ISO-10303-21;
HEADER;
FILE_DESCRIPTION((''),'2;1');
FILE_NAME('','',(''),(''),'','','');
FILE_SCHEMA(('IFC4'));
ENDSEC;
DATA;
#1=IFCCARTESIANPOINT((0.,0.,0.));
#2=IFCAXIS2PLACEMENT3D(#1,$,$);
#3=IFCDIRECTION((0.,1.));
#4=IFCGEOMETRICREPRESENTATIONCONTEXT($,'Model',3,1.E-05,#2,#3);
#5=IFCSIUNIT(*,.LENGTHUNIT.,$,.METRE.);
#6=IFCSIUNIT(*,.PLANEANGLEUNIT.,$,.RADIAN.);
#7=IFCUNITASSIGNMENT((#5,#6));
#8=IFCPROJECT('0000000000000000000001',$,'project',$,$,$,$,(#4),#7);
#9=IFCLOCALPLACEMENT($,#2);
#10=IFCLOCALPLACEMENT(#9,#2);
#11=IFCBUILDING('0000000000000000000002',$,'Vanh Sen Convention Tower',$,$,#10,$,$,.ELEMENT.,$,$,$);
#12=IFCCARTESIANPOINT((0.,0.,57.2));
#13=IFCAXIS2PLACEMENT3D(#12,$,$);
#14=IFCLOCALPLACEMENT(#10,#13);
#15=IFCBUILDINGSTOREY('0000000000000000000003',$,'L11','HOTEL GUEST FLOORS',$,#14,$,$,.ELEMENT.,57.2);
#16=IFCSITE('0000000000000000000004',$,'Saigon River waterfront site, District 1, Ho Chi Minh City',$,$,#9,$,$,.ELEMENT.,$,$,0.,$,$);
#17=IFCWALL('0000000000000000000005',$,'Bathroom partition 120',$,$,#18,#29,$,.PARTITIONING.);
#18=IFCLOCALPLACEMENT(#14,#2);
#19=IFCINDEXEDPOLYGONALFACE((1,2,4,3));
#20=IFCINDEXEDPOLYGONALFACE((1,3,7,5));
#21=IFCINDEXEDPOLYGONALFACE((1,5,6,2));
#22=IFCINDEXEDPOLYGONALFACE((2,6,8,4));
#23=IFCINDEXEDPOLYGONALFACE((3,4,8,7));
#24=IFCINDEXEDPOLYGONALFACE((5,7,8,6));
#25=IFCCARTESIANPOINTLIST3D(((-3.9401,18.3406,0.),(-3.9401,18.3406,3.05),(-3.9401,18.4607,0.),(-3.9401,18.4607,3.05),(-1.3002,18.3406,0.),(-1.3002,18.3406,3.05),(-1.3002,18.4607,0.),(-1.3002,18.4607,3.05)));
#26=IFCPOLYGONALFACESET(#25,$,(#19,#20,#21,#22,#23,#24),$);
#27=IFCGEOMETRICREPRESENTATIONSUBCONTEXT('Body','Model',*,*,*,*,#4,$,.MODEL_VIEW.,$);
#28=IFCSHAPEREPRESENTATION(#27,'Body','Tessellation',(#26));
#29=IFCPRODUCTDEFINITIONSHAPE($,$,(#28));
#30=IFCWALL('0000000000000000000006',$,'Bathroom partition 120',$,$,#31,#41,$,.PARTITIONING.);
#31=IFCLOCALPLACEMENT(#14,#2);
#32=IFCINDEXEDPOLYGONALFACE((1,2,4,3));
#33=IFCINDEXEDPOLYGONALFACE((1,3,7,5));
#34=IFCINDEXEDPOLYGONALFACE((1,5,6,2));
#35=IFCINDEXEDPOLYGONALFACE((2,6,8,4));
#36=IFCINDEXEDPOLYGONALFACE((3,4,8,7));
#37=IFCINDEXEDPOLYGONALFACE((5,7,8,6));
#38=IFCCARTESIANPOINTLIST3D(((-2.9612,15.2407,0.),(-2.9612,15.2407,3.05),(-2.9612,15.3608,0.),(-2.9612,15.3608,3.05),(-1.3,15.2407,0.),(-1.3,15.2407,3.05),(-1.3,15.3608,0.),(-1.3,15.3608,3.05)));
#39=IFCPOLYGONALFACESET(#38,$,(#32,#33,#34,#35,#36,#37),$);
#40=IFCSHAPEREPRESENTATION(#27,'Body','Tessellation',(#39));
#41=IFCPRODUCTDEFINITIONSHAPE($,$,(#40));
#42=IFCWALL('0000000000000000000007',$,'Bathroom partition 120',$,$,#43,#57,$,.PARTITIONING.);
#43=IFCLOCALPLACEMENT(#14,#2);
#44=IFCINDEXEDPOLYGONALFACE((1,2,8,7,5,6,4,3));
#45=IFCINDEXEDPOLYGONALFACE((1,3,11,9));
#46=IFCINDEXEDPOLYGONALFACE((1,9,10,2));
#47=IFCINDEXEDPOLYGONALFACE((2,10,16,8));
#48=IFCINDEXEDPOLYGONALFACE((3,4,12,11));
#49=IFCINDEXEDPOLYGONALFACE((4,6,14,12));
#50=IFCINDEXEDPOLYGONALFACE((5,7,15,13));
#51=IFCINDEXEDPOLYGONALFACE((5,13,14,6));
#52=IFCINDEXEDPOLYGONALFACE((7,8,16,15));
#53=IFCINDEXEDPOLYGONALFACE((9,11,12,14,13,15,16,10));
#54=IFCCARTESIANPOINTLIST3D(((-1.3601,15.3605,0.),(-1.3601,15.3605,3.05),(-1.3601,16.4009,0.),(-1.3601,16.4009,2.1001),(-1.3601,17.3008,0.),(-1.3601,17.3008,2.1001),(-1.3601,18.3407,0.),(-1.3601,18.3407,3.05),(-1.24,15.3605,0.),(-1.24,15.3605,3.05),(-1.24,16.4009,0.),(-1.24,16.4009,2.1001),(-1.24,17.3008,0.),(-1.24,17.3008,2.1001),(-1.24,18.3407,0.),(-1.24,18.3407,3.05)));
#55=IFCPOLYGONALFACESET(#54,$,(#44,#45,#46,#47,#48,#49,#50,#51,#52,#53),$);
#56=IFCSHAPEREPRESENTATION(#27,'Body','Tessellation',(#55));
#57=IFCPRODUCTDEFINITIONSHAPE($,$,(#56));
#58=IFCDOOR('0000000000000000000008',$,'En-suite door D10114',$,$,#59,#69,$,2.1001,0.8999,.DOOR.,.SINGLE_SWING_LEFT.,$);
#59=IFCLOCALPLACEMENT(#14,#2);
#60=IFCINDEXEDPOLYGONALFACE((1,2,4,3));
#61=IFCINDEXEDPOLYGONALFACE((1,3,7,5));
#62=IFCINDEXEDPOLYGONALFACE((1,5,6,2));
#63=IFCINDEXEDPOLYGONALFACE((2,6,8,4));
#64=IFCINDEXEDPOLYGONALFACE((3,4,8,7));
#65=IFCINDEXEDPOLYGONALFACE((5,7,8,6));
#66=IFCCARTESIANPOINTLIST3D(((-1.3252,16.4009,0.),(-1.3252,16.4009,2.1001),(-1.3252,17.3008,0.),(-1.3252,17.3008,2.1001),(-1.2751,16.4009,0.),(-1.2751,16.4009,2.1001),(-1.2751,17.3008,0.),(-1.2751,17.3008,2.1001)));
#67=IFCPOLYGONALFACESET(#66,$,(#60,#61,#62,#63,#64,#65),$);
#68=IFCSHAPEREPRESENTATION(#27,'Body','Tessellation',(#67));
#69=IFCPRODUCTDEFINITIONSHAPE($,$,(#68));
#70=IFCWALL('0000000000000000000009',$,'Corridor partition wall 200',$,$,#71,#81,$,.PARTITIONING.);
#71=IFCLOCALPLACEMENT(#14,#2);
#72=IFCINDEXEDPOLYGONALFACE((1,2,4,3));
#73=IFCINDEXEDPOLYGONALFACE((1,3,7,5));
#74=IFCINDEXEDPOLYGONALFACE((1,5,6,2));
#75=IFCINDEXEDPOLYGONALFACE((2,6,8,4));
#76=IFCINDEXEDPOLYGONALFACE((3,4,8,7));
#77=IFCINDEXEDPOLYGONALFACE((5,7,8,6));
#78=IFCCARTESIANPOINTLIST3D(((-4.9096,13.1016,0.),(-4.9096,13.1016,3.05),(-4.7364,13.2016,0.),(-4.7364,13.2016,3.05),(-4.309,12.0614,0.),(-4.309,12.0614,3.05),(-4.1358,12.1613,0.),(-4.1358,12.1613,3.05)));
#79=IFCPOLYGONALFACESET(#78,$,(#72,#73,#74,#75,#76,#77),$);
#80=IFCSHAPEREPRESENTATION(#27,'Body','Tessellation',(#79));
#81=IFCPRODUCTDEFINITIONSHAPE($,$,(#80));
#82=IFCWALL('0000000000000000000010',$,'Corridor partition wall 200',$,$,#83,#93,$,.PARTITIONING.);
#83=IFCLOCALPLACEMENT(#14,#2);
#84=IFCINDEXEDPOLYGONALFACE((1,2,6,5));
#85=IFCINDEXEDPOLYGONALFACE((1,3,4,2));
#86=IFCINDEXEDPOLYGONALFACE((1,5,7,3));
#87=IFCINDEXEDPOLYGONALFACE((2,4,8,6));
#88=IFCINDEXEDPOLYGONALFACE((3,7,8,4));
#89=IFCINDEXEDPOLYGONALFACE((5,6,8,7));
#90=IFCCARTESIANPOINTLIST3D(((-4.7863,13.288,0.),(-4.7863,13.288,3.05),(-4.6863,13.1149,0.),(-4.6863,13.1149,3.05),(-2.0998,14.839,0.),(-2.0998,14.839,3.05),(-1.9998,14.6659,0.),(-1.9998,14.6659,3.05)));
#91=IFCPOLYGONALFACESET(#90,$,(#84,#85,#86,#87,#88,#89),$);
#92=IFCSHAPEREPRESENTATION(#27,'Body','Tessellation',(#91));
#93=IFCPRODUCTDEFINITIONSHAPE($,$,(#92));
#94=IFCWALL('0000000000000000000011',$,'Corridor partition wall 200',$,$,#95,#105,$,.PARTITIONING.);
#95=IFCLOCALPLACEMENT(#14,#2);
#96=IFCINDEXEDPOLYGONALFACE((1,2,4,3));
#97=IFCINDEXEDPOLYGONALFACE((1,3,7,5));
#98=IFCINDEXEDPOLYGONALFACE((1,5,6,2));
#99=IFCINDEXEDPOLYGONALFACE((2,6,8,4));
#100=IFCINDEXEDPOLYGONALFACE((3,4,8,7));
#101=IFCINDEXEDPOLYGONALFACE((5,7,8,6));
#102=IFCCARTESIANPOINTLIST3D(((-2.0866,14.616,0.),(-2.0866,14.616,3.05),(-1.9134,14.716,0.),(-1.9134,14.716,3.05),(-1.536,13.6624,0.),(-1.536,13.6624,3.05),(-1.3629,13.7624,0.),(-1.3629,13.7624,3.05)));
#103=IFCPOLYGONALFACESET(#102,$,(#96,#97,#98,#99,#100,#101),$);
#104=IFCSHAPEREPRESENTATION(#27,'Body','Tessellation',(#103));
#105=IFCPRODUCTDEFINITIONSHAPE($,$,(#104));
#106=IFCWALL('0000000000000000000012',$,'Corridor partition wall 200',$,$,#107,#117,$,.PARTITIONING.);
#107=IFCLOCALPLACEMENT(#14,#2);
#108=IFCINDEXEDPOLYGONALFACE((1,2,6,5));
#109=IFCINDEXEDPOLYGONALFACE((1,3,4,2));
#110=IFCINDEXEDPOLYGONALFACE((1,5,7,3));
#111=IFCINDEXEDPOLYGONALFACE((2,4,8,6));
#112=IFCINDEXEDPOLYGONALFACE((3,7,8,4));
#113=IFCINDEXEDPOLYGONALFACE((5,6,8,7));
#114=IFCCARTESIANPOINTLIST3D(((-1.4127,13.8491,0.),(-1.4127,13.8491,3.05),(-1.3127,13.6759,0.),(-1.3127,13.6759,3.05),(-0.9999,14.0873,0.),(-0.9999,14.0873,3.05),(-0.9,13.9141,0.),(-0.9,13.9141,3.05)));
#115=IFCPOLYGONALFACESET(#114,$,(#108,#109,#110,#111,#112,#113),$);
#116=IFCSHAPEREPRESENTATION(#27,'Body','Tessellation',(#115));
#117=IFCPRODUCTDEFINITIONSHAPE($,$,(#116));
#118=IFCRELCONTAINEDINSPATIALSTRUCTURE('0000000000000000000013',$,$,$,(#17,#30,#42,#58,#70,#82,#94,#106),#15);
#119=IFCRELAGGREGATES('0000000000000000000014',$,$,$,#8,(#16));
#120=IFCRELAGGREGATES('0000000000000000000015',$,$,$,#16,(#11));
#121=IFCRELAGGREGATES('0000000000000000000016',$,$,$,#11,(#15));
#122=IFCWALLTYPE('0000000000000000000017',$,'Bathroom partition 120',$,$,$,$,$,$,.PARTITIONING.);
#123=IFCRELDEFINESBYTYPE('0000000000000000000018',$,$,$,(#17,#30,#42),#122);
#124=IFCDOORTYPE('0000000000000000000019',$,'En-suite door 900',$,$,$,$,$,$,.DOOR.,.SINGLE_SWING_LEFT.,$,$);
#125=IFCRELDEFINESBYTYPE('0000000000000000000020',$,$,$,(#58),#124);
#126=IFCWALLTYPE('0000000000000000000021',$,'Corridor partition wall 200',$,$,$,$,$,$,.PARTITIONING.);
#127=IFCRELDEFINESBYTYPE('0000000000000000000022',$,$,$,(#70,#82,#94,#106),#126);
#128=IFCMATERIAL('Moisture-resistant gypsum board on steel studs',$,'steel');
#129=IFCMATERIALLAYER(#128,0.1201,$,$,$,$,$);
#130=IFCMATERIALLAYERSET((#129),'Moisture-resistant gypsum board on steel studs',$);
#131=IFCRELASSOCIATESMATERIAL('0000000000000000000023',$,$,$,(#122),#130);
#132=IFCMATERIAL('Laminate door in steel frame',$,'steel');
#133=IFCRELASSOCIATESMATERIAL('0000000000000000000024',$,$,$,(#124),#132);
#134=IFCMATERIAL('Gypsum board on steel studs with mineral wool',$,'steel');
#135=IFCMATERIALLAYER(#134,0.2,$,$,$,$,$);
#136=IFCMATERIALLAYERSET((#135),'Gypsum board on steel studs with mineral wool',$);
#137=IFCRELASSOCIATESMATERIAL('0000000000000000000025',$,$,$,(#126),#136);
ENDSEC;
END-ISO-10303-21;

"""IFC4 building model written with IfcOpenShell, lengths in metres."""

from ifc_helpers import new_model, si_unit, direction, frame, frame_2d, origin, place, context, subcontext, project, spatial, rectangle, extrude, material, layer, layer_set, type_object, element, fill, save


model = new_model("IFC4")

# Units and contexts
model_context = context("Model", 3, precision=1e-05, world=origin(), true_north=direction((0.0, 1.0)))
body_context = subcontext(model_context, "Body", "Model", "MODEL_VIEW")
ifc_project = project(units=[si_unit("LENGTHUNIT", "METRE"), si_unit("PLANEANGLEUNIT", "RADIAN")], contexts=[model_context])

# Site, building, storey
site_placement = place(None, origin())
site = spatial("IfcSite", under=ifc_project, at=site_placement, Name="Saigon River waterfront site, District 1, Ho Chi Minh City", CompositionType="ELEMENT", RefElevation=0.0)
building_placement = place(site_placement, origin())
building = spatial("IfcBuilding", under=site, at=building_placement, Name="Vanh Sen Convention Tower", CompositionType="ELEMENT")
storey_placement = place(building_placement, frame((0.0, 0.0, 57.2)))
storey = spatial("IfcBuildingStorey", under=building, at=storey_placement, Name="L11", Description="HOTEL GUEST FLOORS", CompositionType="ELEMENT", Elevation=57.2)

# Walls
ifc_material_1 = material(Name="Moisture-resistant gypsum board on steel studs", Category="steel")
ifc_layer_1 = layer(ifc_material_1, 0.1201)
ifc_layer_set_1 = layer_set([ifc_layer_1], Name="Moisture-resistant gypsum board on steel studs")
wall_type_1 = type_object("IfcWallType", Name="Bathroom partition 120", PredefinedType="PARTITIONING", material=ifc_layer_set_1)
wall_1_placement = place(storey_placement, frame((-3.9399, 18.4006, 0.0), z_axis=(0.0, 0.0, 1.0), x_axis=(1.0, 0.0, 0.0)))
element("IfcWall", 1, at=wall_1_placement, inside=storey, type_object=wall_type_1, Name="Bathroom partition 120", PredefinedType="PARTITIONING", context=body_context, shape_type="SweptSolid", body=[
    extrude(rectangle(XDim=2.6399, YDim=0.1201, at=frame_2d((1.3198, 0.0))), origin(), (0.0, 0.0, 1.0), 3.05),
])
wall_2_placement = place(storey_placement, frame((-1.3, 15.3008, 0.0), z_axis=(0.0, 0.0, 1.0), x_axis=(-1.0, 0.0, 0.0)))
element("IfcWall", 2, at=wall_2_placement, inside=storey, type_object=wall_type_1, Name="Bathroom partition 120", PredefinedType="PARTITIONING", context=body_context, shape_type="SweptSolid", body=[
    extrude(rectangle(XDim=1.6611, YDim=0.1201, at=frame_2d((0.8306, 0.0))), origin(), (0.0, 0.0, 1.0), 3.05),
])

# Wall, opening, door
wall_3_placement = place(storey_placement, frame((-1.3, 18.3408, 0.0), z_axis=(0.0, 0.0, 1.0), x_axis=(0.0, -1.0, 0.0)))
wall_3 = element("IfcWall", 3, at=wall_3_placement, inside=storey, type_object=wall_type_1, Name="Bathroom partition 120", PredefinedType="PARTITIONING", context=body_context, shape_type="SweptSolid", body=[
    extrude(rectangle(XDim=2.9802, YDim=0.1201, at=frame_2d((1.4902, 0.0))), origin(), (0.0, 0.0, 1.0), 3.05),
])
opening_1_placement = place(wall_3_placement, frame((1.04, 0.0, 0.0)))
opening_1 = element("IfcOpeningElement", 4, at=opening_1_placement, cuts=wall_3, PredefinedType="OPENING", context=body_context, shape_type="SweptSolid", body=[
    extrude(rectangle(XDim=0.8999, YDim=2.1001, at=frame_2d((0.45, 1.05))), frame((0.0, 0.0701, 0.0), z_axis=(0.0, -1.0, 0.0), x_axis=(1.0, 0.0, 0.0)), (0.0, 0.0, 1.0), 0.1401),
])
ifc_material_2 = material(Name="Laminate door in steel frame", Category="steel")
door_type = type_object("IfcDoorType", Name="En-suite door 900", OperationType="SINGLE_SWING_LEFT", PredefinedType="DOOR", material=ifc_material_2)
door_placement = place(opening_1_placement, origin())
door = element("IfcDoor", 5, at=door_placement, inside=storey, type_object=door_type, Name="En-suite door D10114", OperationType="SINGLE_SWING_LEFT", OverallHeight=2.1001, OverallWidth=0.8999, PredefinedType="DOOR", context=body_context, shape_type="SweptSolid", body=[
    extrude(rectangle(XDim=0.8999, YDim=2.1001, at=frame_2d((0.45, 1.05))), frame((0.0, 0.0249, 0.0), z_axis=(0.0, -1.0, 0.0), x_axis=(1.0, 0.0, 0.0)), (0.0, 0.0, 1.0), 0.05),
])
fill(opening_1, door)

# Walls
ifc_material_3 = material(Name="Gypsum board on steel studs with mineral wool", Category="steel")
ifc_layer_2 = layer(ifc_material_3, 0.2)
ifc_layer_set_2 = layer_set([ifc_layer_2], Name="Gypsum board on steel studs with mineral wool")
wall_type_2 = type_object("IfcWallType", Name="Corridor partition wall 200", PredefinedType="PARTITIONING", material=ifc_layer_set_2)
wall_4_placement = place(storey_placement, frame((-4.823, 13.1516, 0.0), z_axis=(0.0, 0.0, 1.0), x_axis=(0.499986, -0.866033, 0.0)))
element("IfcWall", 6, at=wall_4_placement, inside=storey, type_object=wall_type_2, Name="Corridor partition wall 200", PredefinedType="PARTITIONING", context=body_context, shape_type="SweptSolid", body=[
    extrude(rectangle(XDim=1.2012, YDim=0.2, at=frame_2d((0.6006, 0.0))), origin(), (0.0, 0.0, 1.0), 3.05),
])
wall_5_placement = place(storey_placement, frame((-2.0498, 14.7524, 0.0), z_axis=(0.0, 0.0, 1.0), x_axis=(-0.866031, -0.49999, 0.0)))
element("IfcWall", 7, at=wall_5_placement, inside=storey, type_object=wall_type_2, Name="Corridor partition wall 200", PredefinedType="PARTITIONING", context=body_context, shape_type="SweptSolid", body=[
    extrude(rectangle(XDim=3.1021, YDim=0.2, at=frame_2d((1.551, 0.0))), origin(), (0.0, 0.0, 1.0), 3.05),
])
wall_6_placement = place(storey_placement, frame((-1.4495, 13.7124, 0.0), z_axis=(0.0, 0.0, 1.0), x_axis=(-0.499978, 0.866038, 0.0)))
element("IfcWall", 8, at=wall_6_placement, inside=storey, type_object=wall_type_2, Name="Corridor partition wall 200", PredefinedType="PARTITIONING", context=body_context, shape_type="SweptSolid", body=[
    extrude(rectangle(XDim=1.1011, YDim=0.2, at=frame_2d((0.5505, 0.0))), origin(), (0.0, 0.0, 1.0), 3.05),
])
wall_7_placement = place(storey_placement, frame((-0.95, 14.0007, 0.0), z_axis=(0.0, 0.0, 1.0), x_axis=(-0.866092, -0.499885, 0.0)))
element("IfcWall", 9, at=wall_7_placement, inside=storey, type_object=wall_type_2, Name="Corridor partition wall 200", PredefinedType="PARTITIONING", context=body_context, shape_type="SweptSolid", body=[
    extrude(rectangle(XDim=0.4766, YDim=0.2, at=frame_2d((0.2383, 0.0))), origin(), (0.0, 0.0, 1.0), 3.05),
])

save(model, "model.ifc")
